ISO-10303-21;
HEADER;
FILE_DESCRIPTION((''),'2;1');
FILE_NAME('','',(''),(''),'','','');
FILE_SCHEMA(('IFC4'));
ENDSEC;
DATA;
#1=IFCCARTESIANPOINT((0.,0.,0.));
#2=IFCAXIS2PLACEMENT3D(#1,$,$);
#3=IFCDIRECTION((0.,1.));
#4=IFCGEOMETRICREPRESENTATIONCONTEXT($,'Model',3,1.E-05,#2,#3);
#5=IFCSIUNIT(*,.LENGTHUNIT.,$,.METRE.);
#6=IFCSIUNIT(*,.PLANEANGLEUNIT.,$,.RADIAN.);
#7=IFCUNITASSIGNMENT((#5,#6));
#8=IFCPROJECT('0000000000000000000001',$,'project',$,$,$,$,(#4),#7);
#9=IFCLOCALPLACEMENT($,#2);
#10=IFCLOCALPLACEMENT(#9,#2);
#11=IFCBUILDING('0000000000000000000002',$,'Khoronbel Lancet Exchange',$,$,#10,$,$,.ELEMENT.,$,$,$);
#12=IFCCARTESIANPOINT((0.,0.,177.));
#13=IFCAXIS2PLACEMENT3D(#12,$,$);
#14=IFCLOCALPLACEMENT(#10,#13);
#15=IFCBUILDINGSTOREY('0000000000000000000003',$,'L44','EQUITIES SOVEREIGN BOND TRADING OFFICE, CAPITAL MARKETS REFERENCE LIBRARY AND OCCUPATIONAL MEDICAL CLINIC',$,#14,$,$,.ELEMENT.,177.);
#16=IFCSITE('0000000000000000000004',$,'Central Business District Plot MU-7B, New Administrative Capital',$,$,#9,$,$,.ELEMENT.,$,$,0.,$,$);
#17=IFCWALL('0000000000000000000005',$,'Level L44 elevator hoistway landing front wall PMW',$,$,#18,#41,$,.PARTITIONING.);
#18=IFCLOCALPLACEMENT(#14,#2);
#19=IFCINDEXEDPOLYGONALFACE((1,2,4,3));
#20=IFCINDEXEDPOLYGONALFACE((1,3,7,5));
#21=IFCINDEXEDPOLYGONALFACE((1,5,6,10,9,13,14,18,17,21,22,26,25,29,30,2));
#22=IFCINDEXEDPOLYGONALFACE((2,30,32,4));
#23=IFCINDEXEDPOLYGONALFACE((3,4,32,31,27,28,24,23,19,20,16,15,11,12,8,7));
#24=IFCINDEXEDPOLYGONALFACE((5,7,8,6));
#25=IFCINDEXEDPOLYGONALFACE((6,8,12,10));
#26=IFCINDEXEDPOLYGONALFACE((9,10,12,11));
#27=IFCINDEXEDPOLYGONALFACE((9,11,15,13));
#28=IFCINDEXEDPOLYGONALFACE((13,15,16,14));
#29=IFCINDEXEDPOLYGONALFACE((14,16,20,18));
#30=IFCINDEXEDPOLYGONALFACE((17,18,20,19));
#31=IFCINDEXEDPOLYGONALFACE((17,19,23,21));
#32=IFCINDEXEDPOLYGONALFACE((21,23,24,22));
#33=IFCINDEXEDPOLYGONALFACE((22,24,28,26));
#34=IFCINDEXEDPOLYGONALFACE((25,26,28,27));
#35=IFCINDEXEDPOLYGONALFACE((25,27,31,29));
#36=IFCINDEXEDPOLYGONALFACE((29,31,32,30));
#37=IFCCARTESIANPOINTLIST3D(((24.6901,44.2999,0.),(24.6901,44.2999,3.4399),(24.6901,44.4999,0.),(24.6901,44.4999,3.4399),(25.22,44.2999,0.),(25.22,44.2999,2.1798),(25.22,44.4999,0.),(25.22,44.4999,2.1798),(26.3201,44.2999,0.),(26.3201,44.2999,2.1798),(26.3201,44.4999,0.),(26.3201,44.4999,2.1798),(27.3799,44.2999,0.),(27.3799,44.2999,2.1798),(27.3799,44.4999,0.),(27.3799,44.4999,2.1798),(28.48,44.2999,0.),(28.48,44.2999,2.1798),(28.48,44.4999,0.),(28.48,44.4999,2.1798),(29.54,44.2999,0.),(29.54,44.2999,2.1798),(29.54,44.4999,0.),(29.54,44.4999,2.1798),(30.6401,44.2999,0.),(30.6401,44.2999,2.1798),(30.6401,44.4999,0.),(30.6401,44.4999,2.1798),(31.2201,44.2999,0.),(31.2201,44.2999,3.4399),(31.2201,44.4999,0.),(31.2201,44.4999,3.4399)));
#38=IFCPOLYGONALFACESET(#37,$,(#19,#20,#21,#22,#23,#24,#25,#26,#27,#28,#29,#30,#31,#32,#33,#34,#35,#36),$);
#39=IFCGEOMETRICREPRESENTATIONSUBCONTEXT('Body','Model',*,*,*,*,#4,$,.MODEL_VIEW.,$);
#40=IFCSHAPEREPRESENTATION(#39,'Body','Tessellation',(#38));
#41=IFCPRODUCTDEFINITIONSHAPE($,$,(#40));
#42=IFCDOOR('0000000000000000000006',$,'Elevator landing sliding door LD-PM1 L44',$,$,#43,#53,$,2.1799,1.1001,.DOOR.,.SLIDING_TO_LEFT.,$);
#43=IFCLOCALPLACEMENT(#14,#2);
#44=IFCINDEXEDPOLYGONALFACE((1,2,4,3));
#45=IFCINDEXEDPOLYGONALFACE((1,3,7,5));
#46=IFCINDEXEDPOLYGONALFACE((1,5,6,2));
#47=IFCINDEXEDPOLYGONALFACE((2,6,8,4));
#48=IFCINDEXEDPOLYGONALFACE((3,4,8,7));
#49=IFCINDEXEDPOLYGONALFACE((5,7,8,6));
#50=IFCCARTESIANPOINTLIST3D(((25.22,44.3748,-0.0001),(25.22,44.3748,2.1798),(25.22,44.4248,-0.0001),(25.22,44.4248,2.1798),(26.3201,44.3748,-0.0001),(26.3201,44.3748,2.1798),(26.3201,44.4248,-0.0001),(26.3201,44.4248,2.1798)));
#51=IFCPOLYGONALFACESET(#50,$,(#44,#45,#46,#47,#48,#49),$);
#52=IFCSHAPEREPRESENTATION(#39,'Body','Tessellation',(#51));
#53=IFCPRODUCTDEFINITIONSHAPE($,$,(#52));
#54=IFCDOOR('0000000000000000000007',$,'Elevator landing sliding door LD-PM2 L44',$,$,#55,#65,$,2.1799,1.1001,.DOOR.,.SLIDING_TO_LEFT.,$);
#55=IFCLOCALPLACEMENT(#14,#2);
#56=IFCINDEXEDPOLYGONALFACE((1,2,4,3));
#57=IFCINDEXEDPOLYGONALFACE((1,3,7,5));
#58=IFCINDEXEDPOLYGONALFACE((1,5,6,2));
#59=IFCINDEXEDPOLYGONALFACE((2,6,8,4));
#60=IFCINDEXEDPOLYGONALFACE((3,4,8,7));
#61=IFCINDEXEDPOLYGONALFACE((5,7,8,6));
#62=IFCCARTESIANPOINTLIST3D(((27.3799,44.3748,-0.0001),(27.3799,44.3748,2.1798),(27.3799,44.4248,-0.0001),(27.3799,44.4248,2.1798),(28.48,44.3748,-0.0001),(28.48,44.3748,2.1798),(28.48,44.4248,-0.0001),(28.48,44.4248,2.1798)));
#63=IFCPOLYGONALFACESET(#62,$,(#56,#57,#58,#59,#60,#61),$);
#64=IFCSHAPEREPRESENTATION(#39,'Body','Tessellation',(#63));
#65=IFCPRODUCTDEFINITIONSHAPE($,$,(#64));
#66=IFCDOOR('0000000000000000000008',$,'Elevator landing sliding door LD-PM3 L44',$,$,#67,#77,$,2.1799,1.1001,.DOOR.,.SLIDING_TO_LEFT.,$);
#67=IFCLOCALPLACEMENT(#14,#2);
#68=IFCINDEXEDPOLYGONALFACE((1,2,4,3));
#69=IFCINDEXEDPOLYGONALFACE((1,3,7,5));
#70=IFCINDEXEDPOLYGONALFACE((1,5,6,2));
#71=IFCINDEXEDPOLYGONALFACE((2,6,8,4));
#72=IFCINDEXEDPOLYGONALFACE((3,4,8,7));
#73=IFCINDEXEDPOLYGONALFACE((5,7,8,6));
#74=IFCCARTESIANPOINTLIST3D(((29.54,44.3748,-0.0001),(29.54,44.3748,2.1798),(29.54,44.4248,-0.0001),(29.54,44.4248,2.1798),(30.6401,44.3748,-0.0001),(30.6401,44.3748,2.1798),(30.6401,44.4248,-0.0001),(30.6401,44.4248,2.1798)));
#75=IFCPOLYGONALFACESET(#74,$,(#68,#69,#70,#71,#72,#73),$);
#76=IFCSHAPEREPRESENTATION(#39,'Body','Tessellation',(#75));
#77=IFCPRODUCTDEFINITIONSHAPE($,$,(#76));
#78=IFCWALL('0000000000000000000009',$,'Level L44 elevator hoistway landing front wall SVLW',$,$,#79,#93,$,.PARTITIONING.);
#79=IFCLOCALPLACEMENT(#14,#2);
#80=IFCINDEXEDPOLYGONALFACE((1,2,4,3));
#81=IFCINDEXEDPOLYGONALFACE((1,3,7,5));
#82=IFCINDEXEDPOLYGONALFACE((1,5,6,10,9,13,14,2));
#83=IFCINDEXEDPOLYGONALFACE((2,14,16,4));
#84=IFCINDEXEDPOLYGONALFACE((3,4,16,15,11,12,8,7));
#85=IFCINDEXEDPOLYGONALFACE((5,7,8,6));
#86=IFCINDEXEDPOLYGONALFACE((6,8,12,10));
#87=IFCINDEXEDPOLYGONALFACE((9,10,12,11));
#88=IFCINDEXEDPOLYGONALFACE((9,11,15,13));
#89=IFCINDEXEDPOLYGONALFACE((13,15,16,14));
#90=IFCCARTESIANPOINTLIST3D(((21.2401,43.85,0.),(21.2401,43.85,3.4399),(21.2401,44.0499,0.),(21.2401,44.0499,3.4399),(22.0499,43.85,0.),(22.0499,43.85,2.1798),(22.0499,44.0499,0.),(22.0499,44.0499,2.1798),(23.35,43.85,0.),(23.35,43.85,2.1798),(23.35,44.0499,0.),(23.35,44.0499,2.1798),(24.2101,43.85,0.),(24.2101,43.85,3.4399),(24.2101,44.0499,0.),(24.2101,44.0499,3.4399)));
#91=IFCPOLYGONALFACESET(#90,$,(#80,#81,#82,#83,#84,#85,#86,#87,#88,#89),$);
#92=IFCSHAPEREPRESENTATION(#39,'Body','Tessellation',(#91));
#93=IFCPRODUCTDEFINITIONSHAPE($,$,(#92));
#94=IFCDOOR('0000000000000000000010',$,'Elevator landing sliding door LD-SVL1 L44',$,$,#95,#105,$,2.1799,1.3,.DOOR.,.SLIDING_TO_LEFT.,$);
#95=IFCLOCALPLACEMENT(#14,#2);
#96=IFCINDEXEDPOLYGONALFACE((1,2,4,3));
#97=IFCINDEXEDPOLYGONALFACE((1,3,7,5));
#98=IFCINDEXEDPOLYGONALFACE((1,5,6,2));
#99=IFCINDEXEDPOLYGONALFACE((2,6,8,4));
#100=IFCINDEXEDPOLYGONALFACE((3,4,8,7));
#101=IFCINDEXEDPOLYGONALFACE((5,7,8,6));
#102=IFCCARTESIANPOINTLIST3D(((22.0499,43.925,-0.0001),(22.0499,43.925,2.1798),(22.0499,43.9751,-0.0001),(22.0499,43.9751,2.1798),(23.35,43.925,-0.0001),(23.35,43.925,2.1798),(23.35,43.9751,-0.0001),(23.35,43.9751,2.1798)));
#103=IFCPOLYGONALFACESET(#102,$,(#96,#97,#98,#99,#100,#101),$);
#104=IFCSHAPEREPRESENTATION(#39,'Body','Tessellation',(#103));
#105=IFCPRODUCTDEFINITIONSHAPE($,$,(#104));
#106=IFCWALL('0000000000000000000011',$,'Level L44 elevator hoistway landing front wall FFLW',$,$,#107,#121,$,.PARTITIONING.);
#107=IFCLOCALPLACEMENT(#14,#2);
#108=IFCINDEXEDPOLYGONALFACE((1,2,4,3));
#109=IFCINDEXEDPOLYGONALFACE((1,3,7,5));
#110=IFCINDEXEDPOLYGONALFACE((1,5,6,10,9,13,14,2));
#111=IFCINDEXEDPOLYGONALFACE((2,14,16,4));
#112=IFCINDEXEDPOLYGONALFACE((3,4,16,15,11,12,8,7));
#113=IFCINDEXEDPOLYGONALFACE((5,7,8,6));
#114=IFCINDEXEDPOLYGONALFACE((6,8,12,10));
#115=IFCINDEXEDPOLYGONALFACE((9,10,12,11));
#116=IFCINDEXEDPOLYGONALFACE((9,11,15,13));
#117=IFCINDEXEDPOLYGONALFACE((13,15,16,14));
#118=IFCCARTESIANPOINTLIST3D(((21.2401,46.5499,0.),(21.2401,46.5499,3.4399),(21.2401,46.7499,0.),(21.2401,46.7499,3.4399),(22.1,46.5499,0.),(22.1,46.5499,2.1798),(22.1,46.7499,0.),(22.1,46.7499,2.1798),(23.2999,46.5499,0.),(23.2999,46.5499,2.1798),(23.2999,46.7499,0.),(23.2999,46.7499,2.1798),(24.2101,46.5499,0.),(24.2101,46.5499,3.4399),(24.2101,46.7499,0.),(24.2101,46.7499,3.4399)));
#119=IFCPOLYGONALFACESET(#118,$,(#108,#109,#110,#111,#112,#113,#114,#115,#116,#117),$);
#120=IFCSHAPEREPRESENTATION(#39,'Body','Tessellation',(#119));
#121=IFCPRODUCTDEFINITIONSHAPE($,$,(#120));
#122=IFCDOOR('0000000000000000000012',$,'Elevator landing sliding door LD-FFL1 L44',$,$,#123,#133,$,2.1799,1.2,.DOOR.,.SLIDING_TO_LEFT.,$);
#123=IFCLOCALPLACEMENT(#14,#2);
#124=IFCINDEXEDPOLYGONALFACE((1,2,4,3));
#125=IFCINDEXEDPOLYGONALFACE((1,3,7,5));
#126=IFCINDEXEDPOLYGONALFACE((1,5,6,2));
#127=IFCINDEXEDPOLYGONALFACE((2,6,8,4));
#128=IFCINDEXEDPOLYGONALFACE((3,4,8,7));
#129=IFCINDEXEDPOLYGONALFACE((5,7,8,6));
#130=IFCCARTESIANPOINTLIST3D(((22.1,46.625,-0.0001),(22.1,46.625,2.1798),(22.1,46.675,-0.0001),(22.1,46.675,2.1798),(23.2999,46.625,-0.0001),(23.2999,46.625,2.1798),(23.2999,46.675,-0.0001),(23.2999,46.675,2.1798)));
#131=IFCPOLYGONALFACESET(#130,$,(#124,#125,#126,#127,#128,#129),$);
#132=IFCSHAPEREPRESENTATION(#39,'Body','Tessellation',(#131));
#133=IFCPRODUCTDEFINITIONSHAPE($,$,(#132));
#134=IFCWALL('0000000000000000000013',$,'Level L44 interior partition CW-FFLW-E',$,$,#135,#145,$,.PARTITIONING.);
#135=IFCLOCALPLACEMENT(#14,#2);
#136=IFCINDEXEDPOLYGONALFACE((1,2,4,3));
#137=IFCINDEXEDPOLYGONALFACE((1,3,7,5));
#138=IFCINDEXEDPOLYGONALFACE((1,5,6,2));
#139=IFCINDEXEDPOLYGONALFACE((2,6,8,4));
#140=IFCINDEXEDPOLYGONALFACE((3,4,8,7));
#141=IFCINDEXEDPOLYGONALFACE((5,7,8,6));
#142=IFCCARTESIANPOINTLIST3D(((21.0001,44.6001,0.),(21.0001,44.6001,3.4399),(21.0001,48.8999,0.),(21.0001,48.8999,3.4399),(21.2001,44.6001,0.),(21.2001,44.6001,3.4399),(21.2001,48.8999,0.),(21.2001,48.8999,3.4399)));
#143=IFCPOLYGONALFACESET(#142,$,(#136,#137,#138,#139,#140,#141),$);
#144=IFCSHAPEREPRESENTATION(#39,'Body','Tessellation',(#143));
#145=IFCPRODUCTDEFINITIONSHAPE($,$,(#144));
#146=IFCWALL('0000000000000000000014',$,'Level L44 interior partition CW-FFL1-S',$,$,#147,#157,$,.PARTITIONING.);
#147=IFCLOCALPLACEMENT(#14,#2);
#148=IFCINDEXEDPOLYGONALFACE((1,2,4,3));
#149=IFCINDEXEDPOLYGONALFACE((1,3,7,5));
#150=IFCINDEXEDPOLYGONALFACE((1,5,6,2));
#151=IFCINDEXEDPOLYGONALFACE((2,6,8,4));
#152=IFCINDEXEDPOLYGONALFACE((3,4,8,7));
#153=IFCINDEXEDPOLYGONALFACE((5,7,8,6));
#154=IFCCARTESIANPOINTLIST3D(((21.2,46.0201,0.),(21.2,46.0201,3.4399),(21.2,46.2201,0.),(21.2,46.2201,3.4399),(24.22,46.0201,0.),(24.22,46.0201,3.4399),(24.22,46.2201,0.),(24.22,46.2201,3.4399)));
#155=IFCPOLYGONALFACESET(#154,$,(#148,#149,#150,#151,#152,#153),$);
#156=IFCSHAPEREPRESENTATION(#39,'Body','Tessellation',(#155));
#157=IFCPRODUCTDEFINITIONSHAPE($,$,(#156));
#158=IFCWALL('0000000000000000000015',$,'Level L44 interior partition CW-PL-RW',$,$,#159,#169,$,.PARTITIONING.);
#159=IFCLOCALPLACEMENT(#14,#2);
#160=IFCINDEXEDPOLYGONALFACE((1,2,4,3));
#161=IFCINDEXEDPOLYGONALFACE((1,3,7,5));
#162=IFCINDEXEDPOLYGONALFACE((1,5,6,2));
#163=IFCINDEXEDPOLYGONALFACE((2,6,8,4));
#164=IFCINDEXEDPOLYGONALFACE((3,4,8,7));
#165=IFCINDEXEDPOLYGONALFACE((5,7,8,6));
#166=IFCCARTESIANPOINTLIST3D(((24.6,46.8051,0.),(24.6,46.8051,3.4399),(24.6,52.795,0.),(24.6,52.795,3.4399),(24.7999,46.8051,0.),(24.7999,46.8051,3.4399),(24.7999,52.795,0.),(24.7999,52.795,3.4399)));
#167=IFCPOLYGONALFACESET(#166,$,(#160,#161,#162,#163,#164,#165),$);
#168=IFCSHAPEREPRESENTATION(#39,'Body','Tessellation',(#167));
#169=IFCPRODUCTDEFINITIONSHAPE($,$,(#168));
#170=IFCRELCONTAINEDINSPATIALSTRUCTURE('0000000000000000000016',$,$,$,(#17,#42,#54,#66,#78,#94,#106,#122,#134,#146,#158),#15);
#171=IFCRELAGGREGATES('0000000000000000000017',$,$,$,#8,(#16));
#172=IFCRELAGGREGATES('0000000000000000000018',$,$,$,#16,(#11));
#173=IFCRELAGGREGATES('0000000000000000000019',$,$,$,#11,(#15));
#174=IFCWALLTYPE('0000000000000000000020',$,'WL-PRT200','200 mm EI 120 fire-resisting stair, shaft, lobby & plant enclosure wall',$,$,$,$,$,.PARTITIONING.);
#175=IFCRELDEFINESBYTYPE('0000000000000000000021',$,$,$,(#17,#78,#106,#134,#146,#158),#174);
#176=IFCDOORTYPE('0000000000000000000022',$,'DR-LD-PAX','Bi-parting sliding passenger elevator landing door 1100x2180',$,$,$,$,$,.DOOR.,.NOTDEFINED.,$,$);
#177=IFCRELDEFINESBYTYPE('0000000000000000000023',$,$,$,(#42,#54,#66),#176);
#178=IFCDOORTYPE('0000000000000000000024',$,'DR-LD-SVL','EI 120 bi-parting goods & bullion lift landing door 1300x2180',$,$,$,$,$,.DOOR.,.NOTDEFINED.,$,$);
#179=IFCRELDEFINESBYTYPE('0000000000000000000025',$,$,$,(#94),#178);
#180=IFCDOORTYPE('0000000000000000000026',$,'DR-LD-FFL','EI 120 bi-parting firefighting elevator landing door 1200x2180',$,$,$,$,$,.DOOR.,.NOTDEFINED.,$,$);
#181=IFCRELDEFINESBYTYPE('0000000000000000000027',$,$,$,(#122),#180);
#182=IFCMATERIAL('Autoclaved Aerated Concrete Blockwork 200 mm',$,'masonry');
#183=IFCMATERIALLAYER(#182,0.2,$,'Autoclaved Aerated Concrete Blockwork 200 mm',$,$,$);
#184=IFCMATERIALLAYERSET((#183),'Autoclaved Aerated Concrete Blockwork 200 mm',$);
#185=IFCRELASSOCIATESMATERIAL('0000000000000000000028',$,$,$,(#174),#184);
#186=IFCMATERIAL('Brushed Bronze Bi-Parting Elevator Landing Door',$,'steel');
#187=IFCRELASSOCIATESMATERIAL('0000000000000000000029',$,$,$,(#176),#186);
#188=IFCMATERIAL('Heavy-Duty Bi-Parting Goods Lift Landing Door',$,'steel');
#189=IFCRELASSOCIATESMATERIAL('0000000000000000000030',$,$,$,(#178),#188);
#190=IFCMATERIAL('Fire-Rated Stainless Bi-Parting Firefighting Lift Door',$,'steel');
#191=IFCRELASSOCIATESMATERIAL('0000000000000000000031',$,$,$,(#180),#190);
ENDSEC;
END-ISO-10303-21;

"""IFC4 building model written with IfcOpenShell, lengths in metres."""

from ifc_helpers import new_model, si_unit, direction, frame, frame_2d, origin, place, context, subcontext, project, spatial, rectangle, extrude, material, layer, layer_set, type_object, element, fill, save


model = new_model("IFC4")

# Units and contexts
model_context = context("Model", 3, precision=1e-05, world=origin(), true_north=direction((0.0, 1.0)))
body_context = subcontext(model_context, "Body", "Model", "MODEL_VIEW")
ifc_project = project(units=[si_unit("LENGTHUNIT", "METRE"), si_unit("PLANEANGLEUNIT", "RADIAN")], contexts=[model_context])

# Site, building, storey
site_placement = place(None, origin())
site = spatial("IfcSite", under=ifc_project, at=site_placement, Name="Central Business District Plot MU-7B, New Administrative Capital", CompositionType="ELEMENT", RefElevation=0.0)
building_placement = place(site_placement, origin())
building = spatial("IfcBuilding", under=site, at=building_placement, Name="Khoronbel Lancet Exchange", CompositionType="ELEMENT")
storey_placement = place(building_placement, frame((0.0, 0.0, 177.0)))
storey = spatial("IfcBuildingStorey", under=building, at=storey_placement, Name="L44", Description="EQUITIES SOVEREIGN BOND TRADING OFFICE, CAPITAL MARKETS REFERENCE LIBRARY AND OCCUPATIONAL MEDICAL CLINIC", CompositionType="ELEMENT", Elevation=177.0)

# Wall, openings, doors
ifc_material_1 = material(Name="Autoclaved Aerated Concrete Blockwork 200 mm", Category="masonry")
ifc_layer_1 = layer(ifc_material_1, 0.2, Name="Autoclaved Aerated Concrete Blockwork 200 mm")
ifc_layer_set_1 = layer_set([ifc_layer_1], Name="Autoclaved Aerated Concrete Blockwork 200 mm")
wall_type_1 = type_object("IfcWallType", Name="WL-PRT200", Description="200 mm EI 120 fire-resisting stair, shaft, lobby & plant enclosure wall", PredefinedType="PARTITIONING", material=ifc_layer_set_1)
wall_1_placement = place(storey_placement, frame((24.6899, 44.3999, 0.0), z_axis=(0.0, 0.0, 1.0), x_axis=(1.0, 0.0, 0.0)))
wall_1 = element("IfcWall", 1, at=wall_1_placement, inside=storey, type_object=wall_type_1, Name="Level L44 elevator hoistway landing front wall PMW", PredefinedType="PARTITIONING", context=body_context, shape_type="SweptSolid", body=[
    extrude(rectangle(XDim=6.53, YDim=0.2, at=frame_2d((3.2651, 0.0))), origin(), (0.0, 0.0, 1.0), 3.4399),
])
opening_1_placement = place(wall_1_placement, frame((0.53, 0.0, 0.0)))
opening_1 = element("IfcOpeningElement", 2, at=opening_1_placement, cuts=wall_1, PredefinedType="OPENING", context=body_context, shape_type="SweptSolid", body=[
    extrude(rectangle(XDim=1.1001, YDim=2.1799, at=frame_2d((0.55, 1.0898))), frame((0.0, 0.1099, 0.0), z_axis=(0.0, -1.0, 0.0), x_axis=(1.0, 0.0, 0.0)), (0.0, 0.0, 1.0), 0.22),
])
opening_2_placement = place(wall_1_placement, frame((2.6899, 0.0, 0.0)))
opening_2 = element("IfcOpeningElement", 3, at=opening_2_placement, cuts=wall_1, PredefinedType="OPENING", context=body_context, shape_type="SweptSolid", body=[
    extrude(rectangle(XDim=1.1001, YDim=2.1799, at=frame_2d((0.55, 1.0898))), frame((0.0, 0.1099, 0.0), z_axis=(0.0, -1.0, 0.0), x_axis=(1.0, 0.0, 0.0)), (0.0, 0.0, 1.0), 0.22),
])
opening_3_placement = place(wall_1_placement, frame((4.8501, 0.0, 0.0)))
opening_3 = element("IfcOpeningElement", 4, at=opening_3_placement, cuts=wall_1, PredefinedType="OPENING", context=body_context, shape_type="SweptSolid", body=[
    extrude(rectangle(XDim=1.1001, YDim=2.1799, at=frame_2d((0.55, 1.0898))), frame((0.0, 0.1099, 0.0), z_axis=(0.0, -1.0, 0.0), x_axis=(1.0, 0.0, 0.0)), (0.0, 0.0, 1.0), 0.22),
])
ifc_material_2 = material(Name="Brushed Bronze Bi-Parting Elevator Landing Door", Category="steel")
door_type_1 = type_object("IfcDoorType", Name="DR-LD-PAX", Description="Bi-parting sliding passenger elevator landing door 1100x2180", OperationType="NOTDEFINED", PredefinedType="DOOR", material=ifc_material_2)
door_1_placement = place(opening_1_placement, origin())
door_1 = element("IfcDoor", 5, at=door_1_placement, inside=storey, type_object=door_type_1, Name="Elevator landing sliding door LD-PM1 L44", OperationType="SLIDING_TO_LEFT", OverallHeight=2.1799, OverallWidth=1.1001, PredefinedType="DOOR", context=body_context, shape_type="SweptSolid", body=[
    extrude(rectangle(XDim=1.1001, YDim=2.1799, at=frame_2d((0.55, 1.0898))), frame((0.0, 0.0249, 0.0), z_axis=(0.0, -1.0, 0.0), x_axis=(1.0, 0.0, 0.0)), (0.0, 0.0, 1.0), 0.05),
])
fill(opening_1, door_1)
door_2_placement = place(opening_2_placement, origin())
door_2 = element("IfcDoor", 6, at=door_2_placement, inside=storey, type_object=door_type_1, Name="Elevator landing sliding door LD-PM2 L44", OperationType="SLIDING_TO_LEFT", OverallHeight=2.1799, OverallWidth=1.1001, PredefinedType="DOOR", context=body_context, shape_type="SweptSolid", body=[
    extrude(rectangle(XDim=1.1001, YDim=2.1799, at=frame_2d((0.55, 1.0898))), frame((0.0, 0.0249, 0.0), z_axis=(0.0, -1.0, 0.0), x_axis=(1.0, 0.0, 0.0)), (0.0, 0.0, 1.0), 0.05),
])
fill(opening_2, door_2)
door_3_placement = place(opening_3_placement, origin())
door_3 = element("IfcDoor", 7, at=door_3_placement, inside=storey, type_object=door_type_1, Name="Elevator landing sliding door LD-PM3 L44", OperationType="SLIDING_TO_LEFT", OverallHeight=2.1799, OverallWidth=1.1001, PredefinedType="DOOR", context=body_context, shape_type="SweptSolid", body=[
    extrude(rectangle(XDim=1.1001, YDim=2.1799, at=frame_2d((0.55, 1.0898))), frame((0.0, 0.0249, 0.0), z_axis=(0.0, -1.0, 0.0), x_axis=(1.0, 0.0, 0.0)), (0.0, 0.0, 1.0), 0.05),
])
fill(opening_3, door_3)

# Walls, openings, doors
wall_2_placement = place(storey_placement, frame((24.21, 43.95, 0.0), z_axis=(0.0, 0.0, 1.0), x_axis=(-1.0, 0.0, 0.0)))
wall_2 = element("IfcWall", 8, at=wall_2_placement, inside=storey, type_object=wall_type_1, Name="Level L44 elevator hoistway landing front wall SVLW", PredefinedType="PARTITIONING", context=body_context, shape_type="SweptSolid", body=[
    extrude(rectangle(XDim=2.97, YDim=0.2, at=frame_2d((1.4849, 0.0))), origin(), (0.0, 0.0, 1.0), 3.4399),
])
opening_4_placement = place(wall_2_placement, frame((0.8601, 0.0, 0.0)))
opening_4 = element("IfcOpeningElement", 9, at=opening_4_placement, cuts=wall_2, PredefinedType="OPENING", context=body_context, shape_type="SweptSolid", body=[
    extrude(rectangle(XDim=1.3, YDim=2.1799, at=frame_2d((0.6499, 1.0898))), frame((0.0, 0.1099, 0.0), z_axis=(0.0, -1.0, 0.0), x_axis=(1.0, 0.0, 0.0)), (0.0, 0.0, 1.0), 0.22),
])
ifc_material_3 = material(Name="Heavy-Duty Bi-Parting Goods Lift Landing Door", Category="steel")
door_type_2 = type_object("IfcDoorType", Name="DR-LD-SVL", Description="EI 120 bi-parting goods & bullion lift landing door 1300x2180", OperationType="NOTDEFINED", PredefinedType="DOOR", material=ifc_material_3)
door_4_placement = place(opening_4_placement, origin())
door_4 = element("IfcDoor", 10, at=door_4_placement, inside=storey, type_object=door_type_2, Name="Elevator landing sliding door LD-SVL1 L44", OperationType="SLIDING_TO_LEFT", OverallHeight=2.1799, OverallWidth=1.3, PredefinedType="DOOR", context=body_context, shape_type="SweptSolid", body=[
    extrude(rectangle(XDim=1.3, YDim=2.1799, at=frame_2d((0.6499, 1.0898))), frame((0.0, 0.0249, 0.0), z_axis=(0.0, -1.0, 0.0), x_axis=(1.0, 0.0, 0.0)), (0.0, 0.0, 1.0), 0.05),
])
fill(opening_4, door_4)
wall_3_placement = place(storey_placement, frame((24.21, 46.6499, 0.0), z_axis=(0.0, 0.0, 1.0), x_axis=(-1.0, 0.0, 0.0)))
wall_3 = element("IfcWall", 11, at=wall_3_placement, inside=storey, type_object=wall_type_1, Name="Level L44 elevator hoistway landing front wall FFLW", PredefinedType="PARTITIONING", context=body_context, shape_type="SweptSolid", body=[
    extrude(rectangle(XDim=2.97, YDim=0.2, at=frame_2d((1.4849, 0.0))), origin(), (0.0, 0.0, 1.0), 3.4399),
])
opening_5_placement = place(wall_3_placement, frame((0.9099, 0.0, 0.0)))
opening_5 = element("IfcOpeningElement", 12, at=opening_5_placement, cuts=wall_3, PredefinedType="OPENING", context=body_context, shape_type="SweptSolid", body=[
    extrude(rectangle(XDim=1.2, YDim=2.1799, at=frame_2d((0.6001, 1.0898))), frame((0.0, 0.1099, 0.0), z_axis=(0.0, -1.0, 0.0), x_axis=(1.0, 0.0, 0.0)), (0.0, 0.0, 1.0), 0.22),
])
ifc_material_4 = material(Name="Fire-Rated Stainless Bi-Parting Firefighting Lift Door", Category="steel")
door_type_3 = type_object("IfcDoorType", Name="DR-LD-FFL", Description="EI 120 bi-parting firefighting elevator landing door 1200x2180", OperationType="NOTDEFINED", PredefinedType="DOOR", material=ifc_material_4)
door_5_placement = place(opening_5_placement, origin())
door_5 = element("IfcDoor", 13, at=door_5_placement, inside=storey, type_object=door_type_3, Name="Elevator landing sliding door LD-FFL1 L44", OperationType="SLIDING_TO_LEFT", OverallHeight=2.1799, OverallWidth=1.2, PredefinedType="DOOR", context=body_context, shape_type="SweptSolid", body=[
    extrude(rectangle(XDim=1.2, YDim=2.1799, at=frame_2d((0.6001, 1.0898))), frame((0.0, 0.0249, 0.0), z_axis=(0.0, -1.0, 0.0), x_axis=(1.0, 0.0, 0.0)), (0.0, 0.0, 1.0), 0.05),
])
fill(opening_5, door_5)

# Walls
wall_4_placement = place(storey_placement, frame((21.1001, 44.6001, 0.0), z_axis=(0.0, 0.0, 1.0), x_axis=(0.0, 1.0, 0.0)))
element("IfcWall", 14, at=wall_4_placement, inside=storey, type_object=wall_type_1, Name="Level L44 interior partition CW-FFLW-E", PredefinedType="PARTITIONING", context=body_context, shape_type="SweptSolid", body=[
    extrude(rectangle(XDim=4.2998, YDim=0.2, at=frame_2d((2.1499, 0.0))), origin(), (0.0, 0.0, 1.0), 3.4399),
])
wall_5_placement = place(storey_placement, frame((21.2, 46.1201, 0.0), z_axis=(0.0, 0.0, 1.0), x_axis=(1.0, 0.0, 0.0)))
element("IfcWall", 15, at=wall_5_placement, inside=storey, type_object=wall_type_1, Name="Level L44 interior partition CW-FFL1-S", PredefinedType="PARTITIONING", context=body_context, shape_type="SweptSolid", body=[
    extrude(rectangle(XDim=3.02, YDim=0.2, at=frame_2d((1.51, 0.0))), origin(), (0.0, 0.0, 1.0), 3.4399),
])
for number, where, z_axis, x_axis, name in (
    (16, (24.7, 46.8049, 0.0), (0.0, 0.0, 1.0), (0.0, 1.0, 0.0), "Level L44 interior partition CW-PL-RW"),
):
    element("IfcWall", number, at=place(storey_placement, frame(where, z_axis=z_axis, x_axis=x_axis)), inside=storey, type_object=wall_type_1, Name=name, PredefinedType="PARTITIONING", context=body_context, shape_type="SweptSolid", body=[
        extrude(rectangle(XDim=5.99, YDim=0.2, at=frame_2d((2.9951, 0.0))), origin(), (0.0, 0.0, 1.0), 3.4399),
    ])

save(model, "model.ifc")
